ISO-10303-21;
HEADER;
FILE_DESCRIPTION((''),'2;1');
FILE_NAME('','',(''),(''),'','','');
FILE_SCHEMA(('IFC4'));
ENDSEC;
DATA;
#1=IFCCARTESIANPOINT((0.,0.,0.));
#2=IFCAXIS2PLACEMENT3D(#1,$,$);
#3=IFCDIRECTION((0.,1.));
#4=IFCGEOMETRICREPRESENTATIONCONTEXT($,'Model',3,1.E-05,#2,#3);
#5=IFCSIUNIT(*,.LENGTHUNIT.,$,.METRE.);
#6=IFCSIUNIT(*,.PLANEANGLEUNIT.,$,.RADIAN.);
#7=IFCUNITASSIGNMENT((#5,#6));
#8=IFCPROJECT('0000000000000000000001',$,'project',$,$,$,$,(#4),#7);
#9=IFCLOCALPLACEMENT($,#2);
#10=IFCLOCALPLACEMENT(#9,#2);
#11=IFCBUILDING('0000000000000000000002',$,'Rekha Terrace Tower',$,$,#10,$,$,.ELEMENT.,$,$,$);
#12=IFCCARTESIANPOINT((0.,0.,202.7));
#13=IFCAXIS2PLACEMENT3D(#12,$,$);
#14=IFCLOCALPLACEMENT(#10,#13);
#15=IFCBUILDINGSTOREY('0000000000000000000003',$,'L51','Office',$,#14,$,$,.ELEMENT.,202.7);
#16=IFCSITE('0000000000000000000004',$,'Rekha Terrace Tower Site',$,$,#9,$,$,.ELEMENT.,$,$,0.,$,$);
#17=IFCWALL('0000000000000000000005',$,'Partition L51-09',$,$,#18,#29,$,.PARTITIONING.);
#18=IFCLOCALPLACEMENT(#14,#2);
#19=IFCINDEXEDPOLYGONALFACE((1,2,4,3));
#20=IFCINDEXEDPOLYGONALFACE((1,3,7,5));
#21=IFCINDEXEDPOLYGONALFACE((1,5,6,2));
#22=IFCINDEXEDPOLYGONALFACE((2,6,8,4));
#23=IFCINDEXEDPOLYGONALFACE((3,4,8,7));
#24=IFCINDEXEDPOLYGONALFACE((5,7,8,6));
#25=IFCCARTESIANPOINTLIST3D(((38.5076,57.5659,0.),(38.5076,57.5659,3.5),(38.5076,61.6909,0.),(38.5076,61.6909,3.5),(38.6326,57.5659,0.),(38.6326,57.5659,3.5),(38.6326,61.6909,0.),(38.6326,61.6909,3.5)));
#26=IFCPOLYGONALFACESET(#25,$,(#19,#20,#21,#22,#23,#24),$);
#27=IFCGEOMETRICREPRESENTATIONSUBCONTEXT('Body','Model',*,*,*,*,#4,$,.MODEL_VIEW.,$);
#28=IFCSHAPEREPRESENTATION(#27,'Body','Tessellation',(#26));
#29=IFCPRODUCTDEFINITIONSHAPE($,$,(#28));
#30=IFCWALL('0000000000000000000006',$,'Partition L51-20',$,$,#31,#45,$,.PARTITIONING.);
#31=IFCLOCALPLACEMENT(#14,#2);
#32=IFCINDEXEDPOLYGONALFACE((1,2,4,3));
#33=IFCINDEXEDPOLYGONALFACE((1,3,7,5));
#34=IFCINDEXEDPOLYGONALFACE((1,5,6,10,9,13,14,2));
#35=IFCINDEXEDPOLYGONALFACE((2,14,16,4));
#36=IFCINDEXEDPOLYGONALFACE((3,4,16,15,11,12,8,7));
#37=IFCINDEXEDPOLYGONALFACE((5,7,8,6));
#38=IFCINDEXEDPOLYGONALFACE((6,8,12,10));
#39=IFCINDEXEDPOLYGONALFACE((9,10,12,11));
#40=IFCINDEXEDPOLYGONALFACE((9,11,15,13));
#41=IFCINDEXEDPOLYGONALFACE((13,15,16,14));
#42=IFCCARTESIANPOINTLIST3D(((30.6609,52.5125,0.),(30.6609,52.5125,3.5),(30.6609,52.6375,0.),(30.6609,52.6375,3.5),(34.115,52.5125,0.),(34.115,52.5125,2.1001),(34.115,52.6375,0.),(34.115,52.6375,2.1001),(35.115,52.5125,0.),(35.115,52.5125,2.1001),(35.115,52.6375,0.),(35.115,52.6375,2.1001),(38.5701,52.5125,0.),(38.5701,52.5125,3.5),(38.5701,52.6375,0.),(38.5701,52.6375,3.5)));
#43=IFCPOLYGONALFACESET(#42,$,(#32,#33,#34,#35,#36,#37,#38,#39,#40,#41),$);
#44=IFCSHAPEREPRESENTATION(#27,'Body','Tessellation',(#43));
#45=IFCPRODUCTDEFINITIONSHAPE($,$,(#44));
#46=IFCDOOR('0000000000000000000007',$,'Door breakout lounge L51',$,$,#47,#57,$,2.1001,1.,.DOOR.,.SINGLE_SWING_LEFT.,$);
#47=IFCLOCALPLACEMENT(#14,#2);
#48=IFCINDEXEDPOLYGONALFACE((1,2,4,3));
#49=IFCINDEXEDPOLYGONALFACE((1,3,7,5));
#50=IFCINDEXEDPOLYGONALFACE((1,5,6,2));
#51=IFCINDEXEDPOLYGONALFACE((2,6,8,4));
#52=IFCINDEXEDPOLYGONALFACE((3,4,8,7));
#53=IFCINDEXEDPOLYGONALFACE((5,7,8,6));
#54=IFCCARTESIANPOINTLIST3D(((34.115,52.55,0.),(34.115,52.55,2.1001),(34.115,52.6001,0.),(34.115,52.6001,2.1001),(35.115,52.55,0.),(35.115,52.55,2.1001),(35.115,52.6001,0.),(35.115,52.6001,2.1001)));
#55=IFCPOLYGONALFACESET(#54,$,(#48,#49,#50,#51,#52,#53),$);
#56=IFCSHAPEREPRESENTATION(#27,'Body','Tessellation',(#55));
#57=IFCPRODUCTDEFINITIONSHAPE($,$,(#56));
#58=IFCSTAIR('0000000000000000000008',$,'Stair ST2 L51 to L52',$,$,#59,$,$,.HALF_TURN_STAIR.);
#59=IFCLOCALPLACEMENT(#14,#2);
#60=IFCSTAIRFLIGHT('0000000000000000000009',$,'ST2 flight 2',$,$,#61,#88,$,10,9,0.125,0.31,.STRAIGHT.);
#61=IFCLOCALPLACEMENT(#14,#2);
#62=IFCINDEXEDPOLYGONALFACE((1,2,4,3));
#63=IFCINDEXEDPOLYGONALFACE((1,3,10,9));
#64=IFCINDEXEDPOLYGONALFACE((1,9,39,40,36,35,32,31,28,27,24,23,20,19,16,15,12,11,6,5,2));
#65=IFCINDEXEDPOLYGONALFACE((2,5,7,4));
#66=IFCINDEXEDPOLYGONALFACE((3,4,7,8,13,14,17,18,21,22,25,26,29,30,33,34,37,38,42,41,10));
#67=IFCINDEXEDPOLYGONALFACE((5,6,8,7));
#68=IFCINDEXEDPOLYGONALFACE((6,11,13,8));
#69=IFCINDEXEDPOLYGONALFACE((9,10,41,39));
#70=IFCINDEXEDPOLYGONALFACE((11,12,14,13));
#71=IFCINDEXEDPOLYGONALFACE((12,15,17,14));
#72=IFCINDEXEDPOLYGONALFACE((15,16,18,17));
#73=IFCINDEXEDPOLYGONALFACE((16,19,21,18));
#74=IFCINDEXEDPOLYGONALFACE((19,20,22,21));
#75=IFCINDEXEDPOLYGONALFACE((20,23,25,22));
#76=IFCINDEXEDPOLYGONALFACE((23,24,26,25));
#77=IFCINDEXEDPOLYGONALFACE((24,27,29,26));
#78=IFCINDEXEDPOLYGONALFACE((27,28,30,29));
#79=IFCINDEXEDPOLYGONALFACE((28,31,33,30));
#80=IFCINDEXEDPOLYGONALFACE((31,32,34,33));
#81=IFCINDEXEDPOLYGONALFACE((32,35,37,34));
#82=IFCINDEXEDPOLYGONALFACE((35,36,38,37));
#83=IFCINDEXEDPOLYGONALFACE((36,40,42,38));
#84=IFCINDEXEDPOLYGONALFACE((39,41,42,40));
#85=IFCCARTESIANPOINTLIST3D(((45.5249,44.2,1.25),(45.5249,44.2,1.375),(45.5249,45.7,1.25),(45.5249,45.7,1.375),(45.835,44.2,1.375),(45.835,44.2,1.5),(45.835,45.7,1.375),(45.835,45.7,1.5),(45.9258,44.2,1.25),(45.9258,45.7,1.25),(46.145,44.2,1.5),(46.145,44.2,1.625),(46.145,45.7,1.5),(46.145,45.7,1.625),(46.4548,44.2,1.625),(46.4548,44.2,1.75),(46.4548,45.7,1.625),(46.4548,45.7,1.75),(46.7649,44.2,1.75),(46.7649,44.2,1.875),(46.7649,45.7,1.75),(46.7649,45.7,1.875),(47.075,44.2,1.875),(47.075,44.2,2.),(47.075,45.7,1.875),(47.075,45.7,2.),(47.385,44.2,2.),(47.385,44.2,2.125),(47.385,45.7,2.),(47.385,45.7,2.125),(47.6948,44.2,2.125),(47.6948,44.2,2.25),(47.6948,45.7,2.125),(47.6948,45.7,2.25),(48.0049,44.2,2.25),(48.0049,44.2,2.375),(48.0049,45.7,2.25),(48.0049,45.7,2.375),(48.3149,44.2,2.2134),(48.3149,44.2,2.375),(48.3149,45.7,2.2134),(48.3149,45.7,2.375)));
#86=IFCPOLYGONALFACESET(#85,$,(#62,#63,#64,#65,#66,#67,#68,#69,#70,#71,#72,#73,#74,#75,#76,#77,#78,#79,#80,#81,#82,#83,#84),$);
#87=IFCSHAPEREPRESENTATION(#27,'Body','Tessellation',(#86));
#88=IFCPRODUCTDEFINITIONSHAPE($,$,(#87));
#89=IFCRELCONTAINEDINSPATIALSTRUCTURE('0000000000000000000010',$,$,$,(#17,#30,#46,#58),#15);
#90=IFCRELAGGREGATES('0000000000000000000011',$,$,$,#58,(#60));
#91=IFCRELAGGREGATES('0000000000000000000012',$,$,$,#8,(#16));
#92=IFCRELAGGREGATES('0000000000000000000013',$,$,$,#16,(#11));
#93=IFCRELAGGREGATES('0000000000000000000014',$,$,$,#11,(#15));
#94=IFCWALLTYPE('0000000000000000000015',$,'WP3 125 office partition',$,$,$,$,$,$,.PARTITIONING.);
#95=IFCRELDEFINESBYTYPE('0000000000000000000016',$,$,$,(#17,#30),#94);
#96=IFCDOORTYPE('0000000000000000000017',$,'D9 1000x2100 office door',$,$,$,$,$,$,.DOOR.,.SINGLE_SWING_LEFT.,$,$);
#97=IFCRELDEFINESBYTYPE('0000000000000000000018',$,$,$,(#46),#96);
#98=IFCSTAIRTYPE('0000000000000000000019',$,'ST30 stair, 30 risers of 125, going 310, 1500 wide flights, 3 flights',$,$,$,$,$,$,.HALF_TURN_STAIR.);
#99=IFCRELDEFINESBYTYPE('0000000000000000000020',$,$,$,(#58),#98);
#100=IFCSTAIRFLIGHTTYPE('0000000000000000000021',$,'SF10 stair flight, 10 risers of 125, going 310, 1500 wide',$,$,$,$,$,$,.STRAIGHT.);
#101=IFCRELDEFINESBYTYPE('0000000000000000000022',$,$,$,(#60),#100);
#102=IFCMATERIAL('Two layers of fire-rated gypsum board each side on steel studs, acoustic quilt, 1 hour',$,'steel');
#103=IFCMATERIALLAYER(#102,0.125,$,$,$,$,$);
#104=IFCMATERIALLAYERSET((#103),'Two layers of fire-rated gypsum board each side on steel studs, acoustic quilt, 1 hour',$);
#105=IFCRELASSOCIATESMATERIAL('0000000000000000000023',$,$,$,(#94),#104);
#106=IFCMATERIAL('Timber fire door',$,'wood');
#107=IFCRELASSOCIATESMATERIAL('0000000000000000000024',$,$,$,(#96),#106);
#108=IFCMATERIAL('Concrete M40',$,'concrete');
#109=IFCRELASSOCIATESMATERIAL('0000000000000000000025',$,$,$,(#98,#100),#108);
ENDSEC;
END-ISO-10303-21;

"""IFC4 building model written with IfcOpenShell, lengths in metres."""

from ifc_helpers import new_model, si_unit, direction, frame, frame_2d, origin, place, context, subcontext, project, spatial, polyline, rectangle, outline, extrude, material, layer, layer_set, type_object, element, fill, aggregate, save


model = new_model("IFC4")

# Units and contexts
model_context = context("Model", 3, precision=1e-05, world=origin(), true_north=direction((0.0, 1.0)))
body_context = subcontext(model_context, "Body", "Model", "MODEL_VIEW")
ifc_project = project(units=[si_unit("LENGTHUNIT", "METRE"), si_unit("PLANEANGLEUNIT", "RADIAN")], contexts=[model_context])

# Site, building, storey
site_placement = place(None, origin())
site = spatial("IfcSite", under=ifc_project, at=site_placement, Name="Rekha Terrace Tower Site", CompositionType="ELEMENT", RefElevation=0.0)
building_placement = place(site_placement, origin())
building = spatial("IfcBuilding", under=site, at=building_placement, Name="Rekha Terrace Tower", CompositionType="ELEMENT")
storey_placement = place(building_placement, frame((0.0, 0.0, 202.7)))
storey = spatial("IfcBuildingStorey", under=building, at=storey_placement, Name="L51", Description="Office", CompositionType="ELEMENT", Elevation=202.7)

# Shared definitions
ifc_material_1 = material(Name="Two layers of fire-rated gypsum board each side on steel studs, acoustic quilt, 1 hour", Category="steel")
ifc_layer_1 = layer(ifc_material_1, 0.125)
ifc_layer_set_1 = layer_set([ifc_layer_1], Name="Two layers of fire-rated gypsum board each side on steel studs, acoustic quilt, 1 hour")
wall_type_1 = type_object("IfcWallType", Name="WP3 125 office partition", PredefinedType="PARTITIONING", material=ifc_layer_set_1)

# Shared definitions
ifc_material_2 = material(Name="Timber fire door", Category="wood")
door_type_1 = type_object("IfcDoorType", Name="D9 1000x2100 office door", OperationType="SINGLE_SWING_LEFT", PredefinedType="DOOR", material=ifc_material_2)

# Wall
wall_1_placement = place(storey_placement, frame((38.5701, 57.5659, 0.0), z_axis=(0.0, 0.0, 1.0), x_axis=(0.0, 1.0, 0.0)))
element("IfcWall", 1, at=wall_1_placement, inside=storey, type_object=wall_type_1, Name="Partition L51-09", PredefinedType="PARTITIONING", context=body_context, shape_type="SweptSolid", body=[
    extrude(rectangle(XDim=4.125, YDim=0.125, at=frame_2d((2.0625, 0.0))), origin(), (0.0, 0.0, 1.0), 3.5),
])

# Wall, opening, door
wall_2_placement = place(storey_placement, frame((38.5701, 52.575, 0.0), z_axis=(0.0, 0.0, 1.0), x_axis=(-1.0, 0.0, 0.0)))
wall_2 = element("IfcWall", 2, at=wall_2_placement, inside=storey, type_object=wall_type_1, Name="Partition L51-20", PredefinedType="PARTITIONING", context=body_context, shape_type="SweptSolid", body=[
    extrude(rectangle(XDim=7.9092, YDim=0.125, at=frame_2d((3.9546, 0.0))), origin(), (0.0, 0.0, 1.0), 3.5),
])
opening_1_placement = place(wall_2_placement, frame((3.4551, 0.0, 0.0)))
opening_1 = element("IfcOpeningElement", 3, at=opening_1_placement, cuts=wall_2, PredefinedType="OPENING", context=body_context, shape_type="SweptSolid", body=[
    extrude(rectangle(XDim=1.0, YDim=2.1001, at=frame_2d((0.5, 1.05))), frame((0.0, 0.0725, 0.0), z_axis=(0.0, -1.0, 0.0), x_axis=(1.0, 0.0, 0.0)), (0.0, 0.0, 1.0), 0.145),
])
door_1_placement = place(opening_1_placement, origin())
door_1 = element("IfcDoor", 4, at=door_1_placement, inside=storey, type_object=door_type_1, Name="Door breakout lounge L51", OperationType="SINGLE_SWING_LEFT", OverallHeight=2.1001, OverallWidth=1.0, PredefinedType="DOOR", context=body_context, shape_type="SweptSolid", body=[
    extrude(rectangle(XDim=1.0, YDim=2.1001, at=frame_2d((0.5, 1.05))), frame((0.0, 0.0249, 0.0), z_axis=(0.0, -1.0, 0.0), x_axis=(1.0, 0.0, 0.0)), (0.0, 0.0, 1.0), 0.05),
])
fill(opening_1, door_1)

# Stair, stair flight
ifc_material_3 = material(Name="Concrete M40", Category="concrete")
stair_type = type_object("IfcStairType", Name="ST30 stair, 30 risers of 125, going 310, 1500 wide flights, 3 flights", PredefinedType="HALF_TURN_STAIR", material=ifc_material_3)
stair_placement = place(storey_placement, origin())
stair = element("IfcStair", 5, at=stair_placement, inside=storey, type_object=stair_type, Name="Stair ST2 L51 to L52", PredefinedType="HALF_TURN_STAIR")
stair_flight_type = type_object("IfcStairFlightType", Name="SF10 stair flight, 10 risers of 125, going 310, 1500 wide", PredefinedType="STRAIGHT", material=ifc_material_3)
stair_flight_placement = place(storey_placement, frame((45.5249, 44.95, 1.25), z_axis=(0.0, 0.0, 1.0), x_axis=(1.0, 0.0, 0.0)))
stair_flight = element("IfcStairFlight", 6, at=stair_flight_placement, type_object=stair_flight_type, Name="ST2 flight 2", NumberOfRisers=10, NumberOfTreads=9, PredefinedType="STRAIGHT", RiserHeight=0.125, TreadLength=0.31, context=body_context, shape_type="SweptSolid", body=[
    extrude(outline(polyline([(0.0, 0.0), (0.0, 0.125), (0.3101, 0.125), (0.3101, 0.25), (0.6201, 0.25), (0.6201, 0.375), (0.9299, 0.375), (0.9299, 0.5), (1.24, 0.5), (1.24, 0.625), (1.55, 0.625), (1.55, 0.75), (1.8601, 0.75), (1.8601, 0.875), (2.1699, 0.875), (2.1699, 1.0), (2.48, 1.0), (2.48, 1.125), (2.79, 1.125), (2.79, 1.25), (2.79, 0.9634), (0.4009, 0.0), (0.0, 0.0)])), frame((0.0, 0.75, 0.0), z_axis=(0.0, -1.0, 0.0), x_axis=(1.0, 0.0, 0.0)), (0.0, 0.0, 1.0), 1.5),
])
aggregate(stair, [stair_flight])

save(model, "model.ifc")
